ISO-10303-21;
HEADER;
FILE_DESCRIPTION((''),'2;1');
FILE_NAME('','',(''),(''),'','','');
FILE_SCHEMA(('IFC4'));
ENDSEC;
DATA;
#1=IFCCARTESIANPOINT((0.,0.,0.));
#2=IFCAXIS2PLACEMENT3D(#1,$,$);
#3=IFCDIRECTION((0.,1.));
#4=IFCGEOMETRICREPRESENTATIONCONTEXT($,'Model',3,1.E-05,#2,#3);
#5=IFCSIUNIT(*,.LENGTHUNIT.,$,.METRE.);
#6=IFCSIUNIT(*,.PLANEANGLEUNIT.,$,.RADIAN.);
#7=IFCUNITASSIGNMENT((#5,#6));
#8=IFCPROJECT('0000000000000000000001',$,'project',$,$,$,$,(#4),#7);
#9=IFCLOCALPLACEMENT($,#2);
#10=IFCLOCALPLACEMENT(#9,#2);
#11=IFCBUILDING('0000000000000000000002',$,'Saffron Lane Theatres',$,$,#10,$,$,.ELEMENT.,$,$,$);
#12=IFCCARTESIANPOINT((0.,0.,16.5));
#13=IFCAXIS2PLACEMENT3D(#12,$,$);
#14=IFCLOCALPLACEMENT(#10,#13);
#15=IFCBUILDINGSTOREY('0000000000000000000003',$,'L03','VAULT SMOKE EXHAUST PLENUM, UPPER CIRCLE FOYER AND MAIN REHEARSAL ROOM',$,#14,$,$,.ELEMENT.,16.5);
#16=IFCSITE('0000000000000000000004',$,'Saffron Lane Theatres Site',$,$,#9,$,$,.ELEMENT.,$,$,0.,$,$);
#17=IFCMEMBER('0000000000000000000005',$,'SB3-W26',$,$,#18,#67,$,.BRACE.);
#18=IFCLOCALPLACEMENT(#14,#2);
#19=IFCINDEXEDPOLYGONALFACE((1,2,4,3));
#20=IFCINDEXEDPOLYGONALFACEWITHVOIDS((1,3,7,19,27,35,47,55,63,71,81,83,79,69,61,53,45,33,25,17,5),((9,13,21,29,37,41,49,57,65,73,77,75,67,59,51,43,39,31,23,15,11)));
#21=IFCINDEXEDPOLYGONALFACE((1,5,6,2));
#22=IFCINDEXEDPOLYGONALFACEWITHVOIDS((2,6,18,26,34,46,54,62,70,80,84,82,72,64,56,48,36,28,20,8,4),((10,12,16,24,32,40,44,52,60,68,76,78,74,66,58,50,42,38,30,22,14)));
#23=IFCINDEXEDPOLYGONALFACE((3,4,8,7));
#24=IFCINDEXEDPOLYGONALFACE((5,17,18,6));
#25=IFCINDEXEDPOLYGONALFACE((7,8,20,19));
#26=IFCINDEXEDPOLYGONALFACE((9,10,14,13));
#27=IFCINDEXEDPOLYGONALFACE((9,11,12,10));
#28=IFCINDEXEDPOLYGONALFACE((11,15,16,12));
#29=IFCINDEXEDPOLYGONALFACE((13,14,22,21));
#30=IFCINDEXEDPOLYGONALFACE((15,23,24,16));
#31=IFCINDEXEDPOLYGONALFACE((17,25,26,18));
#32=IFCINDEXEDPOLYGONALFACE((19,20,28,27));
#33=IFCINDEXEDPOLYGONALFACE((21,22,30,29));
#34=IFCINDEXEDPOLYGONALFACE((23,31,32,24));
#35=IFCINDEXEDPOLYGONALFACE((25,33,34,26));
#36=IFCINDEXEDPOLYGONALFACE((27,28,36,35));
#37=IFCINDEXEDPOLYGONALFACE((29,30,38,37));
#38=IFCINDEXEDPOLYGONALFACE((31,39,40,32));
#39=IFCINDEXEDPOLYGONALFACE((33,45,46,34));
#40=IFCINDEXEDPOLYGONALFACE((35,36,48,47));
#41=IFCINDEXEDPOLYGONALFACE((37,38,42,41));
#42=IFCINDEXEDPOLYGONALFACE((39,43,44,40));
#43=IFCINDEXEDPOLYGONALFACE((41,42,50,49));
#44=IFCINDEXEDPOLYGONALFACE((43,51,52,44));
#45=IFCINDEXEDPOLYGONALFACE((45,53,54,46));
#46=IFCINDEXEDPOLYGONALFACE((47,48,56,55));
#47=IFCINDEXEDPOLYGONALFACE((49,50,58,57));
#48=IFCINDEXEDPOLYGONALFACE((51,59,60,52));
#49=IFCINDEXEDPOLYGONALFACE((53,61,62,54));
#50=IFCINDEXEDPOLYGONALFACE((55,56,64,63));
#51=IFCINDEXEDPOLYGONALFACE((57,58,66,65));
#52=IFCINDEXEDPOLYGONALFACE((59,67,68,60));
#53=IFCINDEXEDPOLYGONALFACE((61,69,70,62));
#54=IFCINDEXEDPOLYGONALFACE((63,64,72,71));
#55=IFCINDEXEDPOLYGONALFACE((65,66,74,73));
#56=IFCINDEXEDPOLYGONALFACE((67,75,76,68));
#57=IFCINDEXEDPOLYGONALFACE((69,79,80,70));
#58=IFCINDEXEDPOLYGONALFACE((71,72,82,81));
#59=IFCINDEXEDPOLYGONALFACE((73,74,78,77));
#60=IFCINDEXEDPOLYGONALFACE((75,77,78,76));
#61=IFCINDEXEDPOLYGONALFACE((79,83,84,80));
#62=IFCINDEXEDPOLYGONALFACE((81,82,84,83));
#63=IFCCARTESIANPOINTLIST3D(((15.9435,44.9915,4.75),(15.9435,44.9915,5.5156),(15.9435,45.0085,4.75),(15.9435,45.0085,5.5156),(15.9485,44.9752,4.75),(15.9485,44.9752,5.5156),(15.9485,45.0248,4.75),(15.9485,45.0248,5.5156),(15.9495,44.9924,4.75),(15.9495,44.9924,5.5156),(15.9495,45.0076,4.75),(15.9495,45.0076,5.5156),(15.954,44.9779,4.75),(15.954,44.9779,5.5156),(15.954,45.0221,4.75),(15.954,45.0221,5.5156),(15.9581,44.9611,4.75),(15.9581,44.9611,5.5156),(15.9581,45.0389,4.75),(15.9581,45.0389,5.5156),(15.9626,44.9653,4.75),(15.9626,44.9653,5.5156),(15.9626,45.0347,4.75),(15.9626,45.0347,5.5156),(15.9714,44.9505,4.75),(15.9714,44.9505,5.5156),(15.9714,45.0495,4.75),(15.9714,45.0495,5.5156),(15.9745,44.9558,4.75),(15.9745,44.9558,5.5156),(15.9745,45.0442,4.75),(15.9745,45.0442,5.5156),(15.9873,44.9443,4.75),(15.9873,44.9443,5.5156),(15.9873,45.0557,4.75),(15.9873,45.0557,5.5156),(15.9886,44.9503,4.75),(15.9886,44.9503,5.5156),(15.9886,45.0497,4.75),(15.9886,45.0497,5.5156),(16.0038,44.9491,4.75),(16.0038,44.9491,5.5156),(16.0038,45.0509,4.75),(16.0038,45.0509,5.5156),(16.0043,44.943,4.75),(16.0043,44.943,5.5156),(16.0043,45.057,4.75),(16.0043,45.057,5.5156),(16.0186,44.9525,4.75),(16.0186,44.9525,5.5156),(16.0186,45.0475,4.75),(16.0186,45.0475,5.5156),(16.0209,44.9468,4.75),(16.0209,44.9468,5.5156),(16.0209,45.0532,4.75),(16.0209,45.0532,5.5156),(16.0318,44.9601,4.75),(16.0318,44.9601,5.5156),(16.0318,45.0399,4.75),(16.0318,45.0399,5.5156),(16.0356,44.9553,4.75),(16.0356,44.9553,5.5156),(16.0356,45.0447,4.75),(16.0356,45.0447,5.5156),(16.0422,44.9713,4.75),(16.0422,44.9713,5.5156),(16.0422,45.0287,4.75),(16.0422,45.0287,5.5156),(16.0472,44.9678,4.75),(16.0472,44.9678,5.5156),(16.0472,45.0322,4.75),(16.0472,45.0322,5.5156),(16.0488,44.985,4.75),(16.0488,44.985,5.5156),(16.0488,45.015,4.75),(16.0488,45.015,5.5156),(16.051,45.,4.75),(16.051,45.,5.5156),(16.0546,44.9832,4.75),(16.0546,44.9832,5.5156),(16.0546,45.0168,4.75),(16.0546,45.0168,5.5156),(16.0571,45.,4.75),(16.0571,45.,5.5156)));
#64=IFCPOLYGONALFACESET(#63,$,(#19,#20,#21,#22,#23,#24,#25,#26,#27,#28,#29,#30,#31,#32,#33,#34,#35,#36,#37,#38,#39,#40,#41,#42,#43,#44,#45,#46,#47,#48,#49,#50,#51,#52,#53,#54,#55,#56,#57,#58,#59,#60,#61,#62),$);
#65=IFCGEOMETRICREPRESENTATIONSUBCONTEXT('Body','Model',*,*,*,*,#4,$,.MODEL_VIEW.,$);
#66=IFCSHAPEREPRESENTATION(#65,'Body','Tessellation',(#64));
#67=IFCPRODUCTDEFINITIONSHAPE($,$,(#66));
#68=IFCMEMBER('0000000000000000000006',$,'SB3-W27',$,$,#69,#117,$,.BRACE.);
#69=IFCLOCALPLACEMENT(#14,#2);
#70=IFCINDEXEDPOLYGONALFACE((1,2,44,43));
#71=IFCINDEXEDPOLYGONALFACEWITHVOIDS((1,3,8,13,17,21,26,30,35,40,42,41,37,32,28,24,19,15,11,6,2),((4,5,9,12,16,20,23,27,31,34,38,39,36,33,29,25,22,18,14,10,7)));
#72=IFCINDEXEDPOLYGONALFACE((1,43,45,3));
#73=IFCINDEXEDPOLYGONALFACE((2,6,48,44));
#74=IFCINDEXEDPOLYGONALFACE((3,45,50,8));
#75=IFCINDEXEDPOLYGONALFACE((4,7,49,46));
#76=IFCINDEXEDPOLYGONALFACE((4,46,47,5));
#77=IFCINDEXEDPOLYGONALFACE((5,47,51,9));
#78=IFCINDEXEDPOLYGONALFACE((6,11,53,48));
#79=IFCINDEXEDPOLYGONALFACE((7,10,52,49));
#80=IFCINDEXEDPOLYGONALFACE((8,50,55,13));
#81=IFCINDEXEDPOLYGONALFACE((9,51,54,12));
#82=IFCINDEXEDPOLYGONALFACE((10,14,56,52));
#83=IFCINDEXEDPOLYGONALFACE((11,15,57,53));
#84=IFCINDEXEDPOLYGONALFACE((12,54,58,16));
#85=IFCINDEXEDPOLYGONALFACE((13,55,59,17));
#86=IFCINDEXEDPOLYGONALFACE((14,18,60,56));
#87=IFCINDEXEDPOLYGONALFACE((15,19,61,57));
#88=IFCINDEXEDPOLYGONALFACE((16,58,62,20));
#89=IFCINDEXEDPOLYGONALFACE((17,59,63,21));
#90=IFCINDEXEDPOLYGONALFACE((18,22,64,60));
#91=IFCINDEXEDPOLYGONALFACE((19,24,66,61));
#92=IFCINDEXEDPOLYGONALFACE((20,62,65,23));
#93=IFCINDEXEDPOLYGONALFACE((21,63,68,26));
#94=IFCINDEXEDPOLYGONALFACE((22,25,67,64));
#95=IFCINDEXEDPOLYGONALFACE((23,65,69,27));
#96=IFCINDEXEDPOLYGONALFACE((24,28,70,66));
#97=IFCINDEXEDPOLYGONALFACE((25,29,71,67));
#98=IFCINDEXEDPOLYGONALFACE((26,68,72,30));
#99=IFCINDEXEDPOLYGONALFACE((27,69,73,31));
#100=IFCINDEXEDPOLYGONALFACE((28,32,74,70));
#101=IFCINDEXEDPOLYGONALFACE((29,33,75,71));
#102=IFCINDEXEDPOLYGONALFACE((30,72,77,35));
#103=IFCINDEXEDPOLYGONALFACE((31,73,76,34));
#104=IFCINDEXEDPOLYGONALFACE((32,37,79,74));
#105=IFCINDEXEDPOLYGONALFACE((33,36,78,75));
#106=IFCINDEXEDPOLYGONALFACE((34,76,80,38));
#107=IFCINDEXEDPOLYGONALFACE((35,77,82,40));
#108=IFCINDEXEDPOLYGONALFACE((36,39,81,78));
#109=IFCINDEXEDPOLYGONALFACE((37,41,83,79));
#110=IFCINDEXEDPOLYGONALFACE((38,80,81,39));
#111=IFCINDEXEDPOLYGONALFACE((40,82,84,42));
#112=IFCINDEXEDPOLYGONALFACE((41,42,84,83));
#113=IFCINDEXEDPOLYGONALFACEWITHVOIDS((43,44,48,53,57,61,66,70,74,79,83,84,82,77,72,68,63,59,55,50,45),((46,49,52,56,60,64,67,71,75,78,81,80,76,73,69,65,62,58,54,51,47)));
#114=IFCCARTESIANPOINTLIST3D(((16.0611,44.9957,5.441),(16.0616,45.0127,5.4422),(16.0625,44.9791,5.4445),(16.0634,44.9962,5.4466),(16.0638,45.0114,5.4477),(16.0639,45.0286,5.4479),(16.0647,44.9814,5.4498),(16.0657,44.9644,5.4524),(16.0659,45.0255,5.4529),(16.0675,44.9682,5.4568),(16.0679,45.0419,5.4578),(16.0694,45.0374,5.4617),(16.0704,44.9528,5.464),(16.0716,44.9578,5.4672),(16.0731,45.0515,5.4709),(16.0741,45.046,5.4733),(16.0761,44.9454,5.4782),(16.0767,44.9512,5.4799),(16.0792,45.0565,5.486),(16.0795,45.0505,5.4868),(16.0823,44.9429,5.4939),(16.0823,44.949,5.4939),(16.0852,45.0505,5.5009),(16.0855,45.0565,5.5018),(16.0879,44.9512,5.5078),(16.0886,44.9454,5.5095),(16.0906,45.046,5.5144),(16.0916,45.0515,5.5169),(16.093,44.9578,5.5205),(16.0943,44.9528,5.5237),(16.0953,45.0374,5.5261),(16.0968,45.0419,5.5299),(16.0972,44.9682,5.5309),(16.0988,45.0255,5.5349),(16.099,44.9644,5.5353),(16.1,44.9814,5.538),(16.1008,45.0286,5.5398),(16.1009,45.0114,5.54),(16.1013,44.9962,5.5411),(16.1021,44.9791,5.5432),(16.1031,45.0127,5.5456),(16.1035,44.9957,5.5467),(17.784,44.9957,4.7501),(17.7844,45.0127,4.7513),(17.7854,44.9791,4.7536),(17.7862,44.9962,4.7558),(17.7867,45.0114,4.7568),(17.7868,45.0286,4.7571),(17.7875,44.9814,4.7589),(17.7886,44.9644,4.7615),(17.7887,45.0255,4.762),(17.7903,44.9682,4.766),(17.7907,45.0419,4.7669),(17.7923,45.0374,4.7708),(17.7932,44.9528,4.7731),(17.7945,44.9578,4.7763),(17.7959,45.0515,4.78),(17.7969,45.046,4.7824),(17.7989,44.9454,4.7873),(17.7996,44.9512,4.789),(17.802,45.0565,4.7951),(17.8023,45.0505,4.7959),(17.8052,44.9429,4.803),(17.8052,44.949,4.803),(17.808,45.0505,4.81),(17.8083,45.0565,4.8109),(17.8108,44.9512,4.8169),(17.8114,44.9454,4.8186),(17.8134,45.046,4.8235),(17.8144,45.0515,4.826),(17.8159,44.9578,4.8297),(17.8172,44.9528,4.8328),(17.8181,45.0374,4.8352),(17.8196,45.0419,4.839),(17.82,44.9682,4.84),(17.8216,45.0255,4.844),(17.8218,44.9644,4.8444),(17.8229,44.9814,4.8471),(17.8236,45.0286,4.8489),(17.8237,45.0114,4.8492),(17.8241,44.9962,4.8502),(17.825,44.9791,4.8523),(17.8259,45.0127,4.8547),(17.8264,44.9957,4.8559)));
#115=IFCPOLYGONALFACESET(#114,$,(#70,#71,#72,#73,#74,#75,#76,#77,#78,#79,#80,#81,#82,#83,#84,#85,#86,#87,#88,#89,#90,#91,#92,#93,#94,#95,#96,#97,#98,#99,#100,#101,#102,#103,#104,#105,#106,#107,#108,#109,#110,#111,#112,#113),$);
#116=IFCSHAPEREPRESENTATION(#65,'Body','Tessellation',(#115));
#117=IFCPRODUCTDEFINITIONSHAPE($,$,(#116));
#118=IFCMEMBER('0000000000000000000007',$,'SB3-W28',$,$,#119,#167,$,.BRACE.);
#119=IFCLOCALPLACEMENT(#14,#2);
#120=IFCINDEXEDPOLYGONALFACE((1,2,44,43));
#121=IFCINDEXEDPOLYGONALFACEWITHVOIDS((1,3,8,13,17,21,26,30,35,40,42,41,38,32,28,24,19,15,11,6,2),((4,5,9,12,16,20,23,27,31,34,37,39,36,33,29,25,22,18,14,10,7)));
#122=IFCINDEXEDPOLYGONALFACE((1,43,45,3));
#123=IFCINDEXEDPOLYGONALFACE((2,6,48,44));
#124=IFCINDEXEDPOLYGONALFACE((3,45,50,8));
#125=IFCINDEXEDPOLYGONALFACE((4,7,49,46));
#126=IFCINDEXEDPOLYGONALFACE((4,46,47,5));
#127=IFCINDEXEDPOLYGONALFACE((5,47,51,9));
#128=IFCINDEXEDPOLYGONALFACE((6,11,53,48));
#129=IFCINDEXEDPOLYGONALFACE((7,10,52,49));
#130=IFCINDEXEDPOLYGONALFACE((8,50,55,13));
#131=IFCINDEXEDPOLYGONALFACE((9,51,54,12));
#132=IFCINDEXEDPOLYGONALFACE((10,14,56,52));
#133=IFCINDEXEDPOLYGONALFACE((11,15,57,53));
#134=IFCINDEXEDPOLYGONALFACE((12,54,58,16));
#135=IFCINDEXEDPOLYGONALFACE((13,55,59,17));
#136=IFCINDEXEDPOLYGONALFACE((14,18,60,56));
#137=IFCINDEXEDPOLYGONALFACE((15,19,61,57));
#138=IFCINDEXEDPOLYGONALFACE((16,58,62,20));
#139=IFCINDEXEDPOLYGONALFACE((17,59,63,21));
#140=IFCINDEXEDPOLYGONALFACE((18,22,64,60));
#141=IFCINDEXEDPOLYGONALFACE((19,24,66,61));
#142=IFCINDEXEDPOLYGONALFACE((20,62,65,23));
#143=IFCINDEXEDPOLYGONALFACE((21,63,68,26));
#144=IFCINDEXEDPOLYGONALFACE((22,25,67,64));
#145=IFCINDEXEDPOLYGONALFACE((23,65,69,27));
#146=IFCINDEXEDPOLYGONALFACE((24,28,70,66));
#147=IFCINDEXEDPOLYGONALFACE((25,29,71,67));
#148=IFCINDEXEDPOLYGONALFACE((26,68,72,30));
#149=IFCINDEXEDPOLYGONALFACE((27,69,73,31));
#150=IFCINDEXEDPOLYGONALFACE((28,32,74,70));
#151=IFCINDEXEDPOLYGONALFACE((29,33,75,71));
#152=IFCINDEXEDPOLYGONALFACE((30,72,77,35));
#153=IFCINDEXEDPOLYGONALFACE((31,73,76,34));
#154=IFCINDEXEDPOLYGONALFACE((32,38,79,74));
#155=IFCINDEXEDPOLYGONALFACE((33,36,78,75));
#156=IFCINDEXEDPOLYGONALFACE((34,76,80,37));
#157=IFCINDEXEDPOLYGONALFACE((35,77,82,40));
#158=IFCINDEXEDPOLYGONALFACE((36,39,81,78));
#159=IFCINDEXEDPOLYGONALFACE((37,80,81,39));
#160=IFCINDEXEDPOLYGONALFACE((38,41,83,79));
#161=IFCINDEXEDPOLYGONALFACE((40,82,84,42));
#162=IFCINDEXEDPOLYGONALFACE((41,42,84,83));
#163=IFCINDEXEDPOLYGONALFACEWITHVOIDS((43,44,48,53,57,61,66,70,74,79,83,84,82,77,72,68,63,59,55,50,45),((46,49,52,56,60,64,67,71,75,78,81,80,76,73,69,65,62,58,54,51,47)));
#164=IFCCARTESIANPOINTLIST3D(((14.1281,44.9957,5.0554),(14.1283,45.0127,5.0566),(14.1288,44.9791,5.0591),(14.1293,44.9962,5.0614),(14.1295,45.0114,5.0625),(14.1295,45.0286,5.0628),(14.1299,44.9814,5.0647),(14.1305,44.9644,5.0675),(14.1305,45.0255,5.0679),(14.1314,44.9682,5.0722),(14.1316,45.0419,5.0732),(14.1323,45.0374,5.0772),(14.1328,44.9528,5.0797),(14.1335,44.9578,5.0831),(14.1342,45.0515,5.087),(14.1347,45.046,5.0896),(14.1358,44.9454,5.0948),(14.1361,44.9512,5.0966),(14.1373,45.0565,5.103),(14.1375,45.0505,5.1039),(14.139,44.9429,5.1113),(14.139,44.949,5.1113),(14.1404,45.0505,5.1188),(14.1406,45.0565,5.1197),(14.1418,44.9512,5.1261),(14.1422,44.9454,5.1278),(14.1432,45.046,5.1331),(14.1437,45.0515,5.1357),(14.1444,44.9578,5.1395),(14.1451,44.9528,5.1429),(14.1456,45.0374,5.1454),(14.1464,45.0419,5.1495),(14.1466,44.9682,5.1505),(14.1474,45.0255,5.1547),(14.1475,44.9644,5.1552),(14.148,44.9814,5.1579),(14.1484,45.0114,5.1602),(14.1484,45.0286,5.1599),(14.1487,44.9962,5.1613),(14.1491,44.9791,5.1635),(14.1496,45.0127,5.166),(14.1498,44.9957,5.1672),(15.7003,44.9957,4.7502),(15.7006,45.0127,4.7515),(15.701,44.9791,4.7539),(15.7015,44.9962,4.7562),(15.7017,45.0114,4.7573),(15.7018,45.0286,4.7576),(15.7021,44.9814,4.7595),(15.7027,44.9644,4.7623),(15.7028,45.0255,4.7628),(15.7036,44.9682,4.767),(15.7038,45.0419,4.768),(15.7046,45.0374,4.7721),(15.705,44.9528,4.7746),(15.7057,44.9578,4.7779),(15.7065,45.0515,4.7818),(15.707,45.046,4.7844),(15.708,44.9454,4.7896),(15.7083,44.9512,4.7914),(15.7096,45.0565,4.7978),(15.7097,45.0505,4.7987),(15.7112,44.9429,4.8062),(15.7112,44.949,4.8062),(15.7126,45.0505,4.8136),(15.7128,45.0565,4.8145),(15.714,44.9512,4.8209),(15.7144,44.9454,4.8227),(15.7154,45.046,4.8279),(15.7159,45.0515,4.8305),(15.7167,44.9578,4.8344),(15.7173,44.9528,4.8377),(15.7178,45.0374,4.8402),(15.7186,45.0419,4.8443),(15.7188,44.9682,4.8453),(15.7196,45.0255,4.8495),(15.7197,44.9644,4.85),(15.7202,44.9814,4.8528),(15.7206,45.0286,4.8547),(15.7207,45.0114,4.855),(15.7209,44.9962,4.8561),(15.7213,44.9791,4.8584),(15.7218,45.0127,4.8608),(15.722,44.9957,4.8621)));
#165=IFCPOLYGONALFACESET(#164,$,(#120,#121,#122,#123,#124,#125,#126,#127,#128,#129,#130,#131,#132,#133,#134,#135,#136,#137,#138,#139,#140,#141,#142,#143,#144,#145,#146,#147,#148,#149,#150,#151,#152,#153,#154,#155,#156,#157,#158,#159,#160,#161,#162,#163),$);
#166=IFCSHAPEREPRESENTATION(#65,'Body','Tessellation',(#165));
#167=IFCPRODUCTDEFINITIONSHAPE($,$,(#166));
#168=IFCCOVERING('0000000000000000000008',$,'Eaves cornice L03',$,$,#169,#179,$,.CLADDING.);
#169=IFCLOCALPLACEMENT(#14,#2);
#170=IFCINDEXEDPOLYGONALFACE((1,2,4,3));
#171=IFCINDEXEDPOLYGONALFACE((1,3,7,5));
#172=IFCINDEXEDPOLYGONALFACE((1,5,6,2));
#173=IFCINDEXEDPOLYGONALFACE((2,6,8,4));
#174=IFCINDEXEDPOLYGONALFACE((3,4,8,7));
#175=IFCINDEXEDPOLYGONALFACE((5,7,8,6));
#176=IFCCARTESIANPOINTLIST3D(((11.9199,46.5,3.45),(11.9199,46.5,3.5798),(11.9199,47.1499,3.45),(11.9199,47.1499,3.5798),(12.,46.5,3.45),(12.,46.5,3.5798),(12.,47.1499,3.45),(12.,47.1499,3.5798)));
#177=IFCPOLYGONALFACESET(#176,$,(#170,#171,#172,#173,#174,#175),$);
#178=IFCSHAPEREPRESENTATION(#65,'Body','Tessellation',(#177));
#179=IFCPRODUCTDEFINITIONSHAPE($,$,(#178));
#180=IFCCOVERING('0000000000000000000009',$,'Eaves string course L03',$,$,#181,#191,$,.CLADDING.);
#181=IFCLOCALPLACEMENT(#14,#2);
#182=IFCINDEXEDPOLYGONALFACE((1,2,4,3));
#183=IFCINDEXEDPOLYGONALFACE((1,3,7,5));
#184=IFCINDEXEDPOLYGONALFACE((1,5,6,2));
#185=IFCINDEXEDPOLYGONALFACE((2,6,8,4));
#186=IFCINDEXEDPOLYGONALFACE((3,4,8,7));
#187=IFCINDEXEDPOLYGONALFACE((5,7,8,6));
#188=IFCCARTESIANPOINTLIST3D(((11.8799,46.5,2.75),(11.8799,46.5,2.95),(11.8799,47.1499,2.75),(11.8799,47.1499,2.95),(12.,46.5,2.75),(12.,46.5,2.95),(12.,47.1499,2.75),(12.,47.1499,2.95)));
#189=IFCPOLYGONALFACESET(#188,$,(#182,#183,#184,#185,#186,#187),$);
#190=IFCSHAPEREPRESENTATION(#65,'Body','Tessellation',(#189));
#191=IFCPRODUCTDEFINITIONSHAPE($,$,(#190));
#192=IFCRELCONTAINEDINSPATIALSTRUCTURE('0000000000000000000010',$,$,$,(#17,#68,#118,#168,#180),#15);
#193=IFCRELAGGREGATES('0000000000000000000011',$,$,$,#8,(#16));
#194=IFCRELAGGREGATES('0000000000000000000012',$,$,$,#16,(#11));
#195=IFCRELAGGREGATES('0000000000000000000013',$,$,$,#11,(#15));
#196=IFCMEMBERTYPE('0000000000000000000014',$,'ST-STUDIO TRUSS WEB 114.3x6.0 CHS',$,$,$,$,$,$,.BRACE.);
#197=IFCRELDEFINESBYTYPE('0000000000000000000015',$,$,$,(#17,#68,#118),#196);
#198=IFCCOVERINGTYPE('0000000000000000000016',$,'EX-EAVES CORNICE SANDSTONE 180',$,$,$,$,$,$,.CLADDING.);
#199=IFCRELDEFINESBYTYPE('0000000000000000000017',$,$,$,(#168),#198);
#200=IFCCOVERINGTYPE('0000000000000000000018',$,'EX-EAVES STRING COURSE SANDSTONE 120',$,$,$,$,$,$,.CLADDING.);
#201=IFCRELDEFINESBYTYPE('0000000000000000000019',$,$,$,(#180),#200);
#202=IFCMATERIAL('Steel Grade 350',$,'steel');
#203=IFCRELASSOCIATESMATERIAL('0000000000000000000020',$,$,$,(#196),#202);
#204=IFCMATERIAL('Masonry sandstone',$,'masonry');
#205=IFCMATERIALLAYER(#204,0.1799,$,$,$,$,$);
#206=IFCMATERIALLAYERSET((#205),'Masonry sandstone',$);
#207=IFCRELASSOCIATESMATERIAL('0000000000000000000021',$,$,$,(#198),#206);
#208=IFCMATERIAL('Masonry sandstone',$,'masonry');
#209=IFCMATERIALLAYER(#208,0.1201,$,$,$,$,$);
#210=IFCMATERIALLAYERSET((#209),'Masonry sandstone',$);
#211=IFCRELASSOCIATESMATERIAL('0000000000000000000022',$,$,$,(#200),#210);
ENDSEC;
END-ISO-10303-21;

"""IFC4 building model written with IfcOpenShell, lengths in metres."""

from ifc_helpers import new_model, si_unit, direction, frame, origin, origin_2d, place, context, subcontext, project, spatial, rectangle, hollow_circle, extrude, material, layer, layer_set, material_profile, profile_set, type_object, element, save


model = new_model("IFC4")

# Units and contexts
model_context = context("Model", 3, precision=1e-05, world=origin(), true_north=direction((0.0, 1.0)))
body_context = subcontext(model_context, "Body", "Model", "MODEL_VIEW")
ifc_project = project(units=[si_unit("LENGTHUNIT", "METRE"), si_unit("PLANEANGLEUNIT", "RADIAN")], contexts=[model_context])

# Site, building, storey
site_placement = place(None, origin())
site = spatial("IfcSite", under=ifc_project, at=site_placement, Name="Saffron Lane Theatres Site", CompositionType="ELEMENT", RefElevation=0.0)
building_placement = place(site_placement, origin())
building = spatial("IfcBuilding", under=site, at=building_placement, Name="Saffron Lane Theatres", CompositionType="ELEMENT")
storey_placement = place(building_placement, frame((0.0, 0.0, 16.5)))
storey = spatial("IfcBuildingStorey", under=building, at=storey_placement, Name="L03", Description="VAULT SMOKE EXHAUST PLENUM, UPPER CIRCLE FOYER AND MAIN REHEARSAL ROOM", CompositionType="ELEMENT", Elevation=16.5)

# Members
ifc_material_1 = material(Name="Steel Grade 350", Category="steel")
ifc_material_profile_1 = material_profile(ifc_material_1, hollow_circle(Radius=0.0571, WallThickness=0.0061, at=origin_2d()))
ifc_profile_set_1 = profile_set([ifc_material_profile_1], Name="Steel Grade 350")
member_type_1 = type_object("IfcMemberType", Name="ST-STUDIO TRUSS WEB 114.3x6.0 CHS", PredefinedType="BRACE", material=ifc_profile_set_1)
member_1_placement = place(storey_placement, frame((16.0, 45.0, 4.75), z_axis=(0.0, 0.0, 1.0), x_axis=(1.0, 0.0, 0.0)))
element("IfcMember", 1, at=member_1_placement, inside=storey, type_object=member_type_1, Name="SB3-W26", PredefinedType="BRACE", context=body_context, shape_type="SweptSolid", body=[
    extrude(hollow_circle(Radius=0.0571, WallThickness=0.0061, at=origin_2d()), origin(), (0.0, 0.0, 1.0), 0.7656),
])
member_2_placement = place(storey_placement, frame((17.8052, 45.0, 4.803), z_axis=(-0.92815, 0.0, 0.372207), x_axis=(0.0, -1.0, 0.0)))
element("IfcMember", 2, at=member_2_placement, inside=storey, type_object=member_type_1, Name="SB3-W27", PredefinedType="BRACE", context=body_context, shape_type="SweptSolid", body=[
    extrude(hollow_circle(Radius=0.0571, WallThickness=0.0061, at=origin_2d()), origin(), (0.0, 0.0, 1.0), 1.8562),
])
member_3_placement = place(storey_placement, frame((15.7112, 45.0, 4.8062), z_axis=(-0.981679, 0.0, 0.190543), x_axis=(0.0, -1.0, 0.0)))
element("IfcMember", 3, at=member_3_placement, inside=storey, type_object=member_type_1, Name="SB3-W28", PredefinedType="BRACE", context=body_context, shape_type="SweptSolid", body=[
    extrude(hollow_circle(Radius=0.0571, WallThickness=0.0061, at=origin_2d()), origin(), (0.0, 0.0, 1.0), 1.6016),
])

# Coverings
ifc_material_2 = material(Name="Masonry sandstone", Category="masonry")
ifc_layer_1 = layer(ifc_material_2, 0.1799)
ifc_layer_set_1 = layer_set([ifc_layer_1], Name="Masonry sandstone")
covering_type_1 = type_object("IfcCoveringType", Name="EX-EAVES CORNICE SANDSTONE 180", PredefinedType="CLADDING", material=ifc_layer_set_1)
covering_1_placement = place(storey_placement, frame((11.96, 46.825, 3.45), z_axis=(0.0, 0.0, 1.0), x_axis=(0.0, 1.0, 0.0)))
element("IfcCovering", 4, at=covering_1_placement, inside=storey, type_object=covering_type_1, Name="Eaves cornice L03", PredefinedType="CLADDING", context=body_context, shape_type="SweptSolid", body=[
    extrude(rectangle(XDim=0.6499, YDim=0.0801, at=origin_2d()), origin(), (0.0, 0.0, 1.0), 0.1299),
])
ifc_material_3 = material(Name="Masonry sandstone", Category="masonry")
ifc_layer_2 = layer(ifc_material_3, 0.1201)
ifc_layer_set_2 = layer_set([ifc_layer_2], Name="Masonry sandstone")
covering_type_2 = type_object("IfcCoveringType", Name="EX-EAVES STRING COURSE SANDSTONE 120", PredefinedType="CLADDING", material=ifc_layer_set_2)
covering_2_placement = place(storey_placement, frame((11.9399, 46.825, 2.75), z_axis=(0.0, 0.0, 1.0), x_axis=(0.0, 1.0, 0.0)))
element("IfcCovering", 5, at=covering_2_placement, inside=storey, type_object=covering_type_2, Name="Eaves string course L03", PredefinedType="CLADDING", context=body_context, shape_type="SweptSolid", body=[
    extrude(rectangle(XDim=0.6499, YDim=0.1201, at=origin_2d()), origin(), (0.0, 0.0, 1.0), 0.2),
])

save(model, "model.ifc")
